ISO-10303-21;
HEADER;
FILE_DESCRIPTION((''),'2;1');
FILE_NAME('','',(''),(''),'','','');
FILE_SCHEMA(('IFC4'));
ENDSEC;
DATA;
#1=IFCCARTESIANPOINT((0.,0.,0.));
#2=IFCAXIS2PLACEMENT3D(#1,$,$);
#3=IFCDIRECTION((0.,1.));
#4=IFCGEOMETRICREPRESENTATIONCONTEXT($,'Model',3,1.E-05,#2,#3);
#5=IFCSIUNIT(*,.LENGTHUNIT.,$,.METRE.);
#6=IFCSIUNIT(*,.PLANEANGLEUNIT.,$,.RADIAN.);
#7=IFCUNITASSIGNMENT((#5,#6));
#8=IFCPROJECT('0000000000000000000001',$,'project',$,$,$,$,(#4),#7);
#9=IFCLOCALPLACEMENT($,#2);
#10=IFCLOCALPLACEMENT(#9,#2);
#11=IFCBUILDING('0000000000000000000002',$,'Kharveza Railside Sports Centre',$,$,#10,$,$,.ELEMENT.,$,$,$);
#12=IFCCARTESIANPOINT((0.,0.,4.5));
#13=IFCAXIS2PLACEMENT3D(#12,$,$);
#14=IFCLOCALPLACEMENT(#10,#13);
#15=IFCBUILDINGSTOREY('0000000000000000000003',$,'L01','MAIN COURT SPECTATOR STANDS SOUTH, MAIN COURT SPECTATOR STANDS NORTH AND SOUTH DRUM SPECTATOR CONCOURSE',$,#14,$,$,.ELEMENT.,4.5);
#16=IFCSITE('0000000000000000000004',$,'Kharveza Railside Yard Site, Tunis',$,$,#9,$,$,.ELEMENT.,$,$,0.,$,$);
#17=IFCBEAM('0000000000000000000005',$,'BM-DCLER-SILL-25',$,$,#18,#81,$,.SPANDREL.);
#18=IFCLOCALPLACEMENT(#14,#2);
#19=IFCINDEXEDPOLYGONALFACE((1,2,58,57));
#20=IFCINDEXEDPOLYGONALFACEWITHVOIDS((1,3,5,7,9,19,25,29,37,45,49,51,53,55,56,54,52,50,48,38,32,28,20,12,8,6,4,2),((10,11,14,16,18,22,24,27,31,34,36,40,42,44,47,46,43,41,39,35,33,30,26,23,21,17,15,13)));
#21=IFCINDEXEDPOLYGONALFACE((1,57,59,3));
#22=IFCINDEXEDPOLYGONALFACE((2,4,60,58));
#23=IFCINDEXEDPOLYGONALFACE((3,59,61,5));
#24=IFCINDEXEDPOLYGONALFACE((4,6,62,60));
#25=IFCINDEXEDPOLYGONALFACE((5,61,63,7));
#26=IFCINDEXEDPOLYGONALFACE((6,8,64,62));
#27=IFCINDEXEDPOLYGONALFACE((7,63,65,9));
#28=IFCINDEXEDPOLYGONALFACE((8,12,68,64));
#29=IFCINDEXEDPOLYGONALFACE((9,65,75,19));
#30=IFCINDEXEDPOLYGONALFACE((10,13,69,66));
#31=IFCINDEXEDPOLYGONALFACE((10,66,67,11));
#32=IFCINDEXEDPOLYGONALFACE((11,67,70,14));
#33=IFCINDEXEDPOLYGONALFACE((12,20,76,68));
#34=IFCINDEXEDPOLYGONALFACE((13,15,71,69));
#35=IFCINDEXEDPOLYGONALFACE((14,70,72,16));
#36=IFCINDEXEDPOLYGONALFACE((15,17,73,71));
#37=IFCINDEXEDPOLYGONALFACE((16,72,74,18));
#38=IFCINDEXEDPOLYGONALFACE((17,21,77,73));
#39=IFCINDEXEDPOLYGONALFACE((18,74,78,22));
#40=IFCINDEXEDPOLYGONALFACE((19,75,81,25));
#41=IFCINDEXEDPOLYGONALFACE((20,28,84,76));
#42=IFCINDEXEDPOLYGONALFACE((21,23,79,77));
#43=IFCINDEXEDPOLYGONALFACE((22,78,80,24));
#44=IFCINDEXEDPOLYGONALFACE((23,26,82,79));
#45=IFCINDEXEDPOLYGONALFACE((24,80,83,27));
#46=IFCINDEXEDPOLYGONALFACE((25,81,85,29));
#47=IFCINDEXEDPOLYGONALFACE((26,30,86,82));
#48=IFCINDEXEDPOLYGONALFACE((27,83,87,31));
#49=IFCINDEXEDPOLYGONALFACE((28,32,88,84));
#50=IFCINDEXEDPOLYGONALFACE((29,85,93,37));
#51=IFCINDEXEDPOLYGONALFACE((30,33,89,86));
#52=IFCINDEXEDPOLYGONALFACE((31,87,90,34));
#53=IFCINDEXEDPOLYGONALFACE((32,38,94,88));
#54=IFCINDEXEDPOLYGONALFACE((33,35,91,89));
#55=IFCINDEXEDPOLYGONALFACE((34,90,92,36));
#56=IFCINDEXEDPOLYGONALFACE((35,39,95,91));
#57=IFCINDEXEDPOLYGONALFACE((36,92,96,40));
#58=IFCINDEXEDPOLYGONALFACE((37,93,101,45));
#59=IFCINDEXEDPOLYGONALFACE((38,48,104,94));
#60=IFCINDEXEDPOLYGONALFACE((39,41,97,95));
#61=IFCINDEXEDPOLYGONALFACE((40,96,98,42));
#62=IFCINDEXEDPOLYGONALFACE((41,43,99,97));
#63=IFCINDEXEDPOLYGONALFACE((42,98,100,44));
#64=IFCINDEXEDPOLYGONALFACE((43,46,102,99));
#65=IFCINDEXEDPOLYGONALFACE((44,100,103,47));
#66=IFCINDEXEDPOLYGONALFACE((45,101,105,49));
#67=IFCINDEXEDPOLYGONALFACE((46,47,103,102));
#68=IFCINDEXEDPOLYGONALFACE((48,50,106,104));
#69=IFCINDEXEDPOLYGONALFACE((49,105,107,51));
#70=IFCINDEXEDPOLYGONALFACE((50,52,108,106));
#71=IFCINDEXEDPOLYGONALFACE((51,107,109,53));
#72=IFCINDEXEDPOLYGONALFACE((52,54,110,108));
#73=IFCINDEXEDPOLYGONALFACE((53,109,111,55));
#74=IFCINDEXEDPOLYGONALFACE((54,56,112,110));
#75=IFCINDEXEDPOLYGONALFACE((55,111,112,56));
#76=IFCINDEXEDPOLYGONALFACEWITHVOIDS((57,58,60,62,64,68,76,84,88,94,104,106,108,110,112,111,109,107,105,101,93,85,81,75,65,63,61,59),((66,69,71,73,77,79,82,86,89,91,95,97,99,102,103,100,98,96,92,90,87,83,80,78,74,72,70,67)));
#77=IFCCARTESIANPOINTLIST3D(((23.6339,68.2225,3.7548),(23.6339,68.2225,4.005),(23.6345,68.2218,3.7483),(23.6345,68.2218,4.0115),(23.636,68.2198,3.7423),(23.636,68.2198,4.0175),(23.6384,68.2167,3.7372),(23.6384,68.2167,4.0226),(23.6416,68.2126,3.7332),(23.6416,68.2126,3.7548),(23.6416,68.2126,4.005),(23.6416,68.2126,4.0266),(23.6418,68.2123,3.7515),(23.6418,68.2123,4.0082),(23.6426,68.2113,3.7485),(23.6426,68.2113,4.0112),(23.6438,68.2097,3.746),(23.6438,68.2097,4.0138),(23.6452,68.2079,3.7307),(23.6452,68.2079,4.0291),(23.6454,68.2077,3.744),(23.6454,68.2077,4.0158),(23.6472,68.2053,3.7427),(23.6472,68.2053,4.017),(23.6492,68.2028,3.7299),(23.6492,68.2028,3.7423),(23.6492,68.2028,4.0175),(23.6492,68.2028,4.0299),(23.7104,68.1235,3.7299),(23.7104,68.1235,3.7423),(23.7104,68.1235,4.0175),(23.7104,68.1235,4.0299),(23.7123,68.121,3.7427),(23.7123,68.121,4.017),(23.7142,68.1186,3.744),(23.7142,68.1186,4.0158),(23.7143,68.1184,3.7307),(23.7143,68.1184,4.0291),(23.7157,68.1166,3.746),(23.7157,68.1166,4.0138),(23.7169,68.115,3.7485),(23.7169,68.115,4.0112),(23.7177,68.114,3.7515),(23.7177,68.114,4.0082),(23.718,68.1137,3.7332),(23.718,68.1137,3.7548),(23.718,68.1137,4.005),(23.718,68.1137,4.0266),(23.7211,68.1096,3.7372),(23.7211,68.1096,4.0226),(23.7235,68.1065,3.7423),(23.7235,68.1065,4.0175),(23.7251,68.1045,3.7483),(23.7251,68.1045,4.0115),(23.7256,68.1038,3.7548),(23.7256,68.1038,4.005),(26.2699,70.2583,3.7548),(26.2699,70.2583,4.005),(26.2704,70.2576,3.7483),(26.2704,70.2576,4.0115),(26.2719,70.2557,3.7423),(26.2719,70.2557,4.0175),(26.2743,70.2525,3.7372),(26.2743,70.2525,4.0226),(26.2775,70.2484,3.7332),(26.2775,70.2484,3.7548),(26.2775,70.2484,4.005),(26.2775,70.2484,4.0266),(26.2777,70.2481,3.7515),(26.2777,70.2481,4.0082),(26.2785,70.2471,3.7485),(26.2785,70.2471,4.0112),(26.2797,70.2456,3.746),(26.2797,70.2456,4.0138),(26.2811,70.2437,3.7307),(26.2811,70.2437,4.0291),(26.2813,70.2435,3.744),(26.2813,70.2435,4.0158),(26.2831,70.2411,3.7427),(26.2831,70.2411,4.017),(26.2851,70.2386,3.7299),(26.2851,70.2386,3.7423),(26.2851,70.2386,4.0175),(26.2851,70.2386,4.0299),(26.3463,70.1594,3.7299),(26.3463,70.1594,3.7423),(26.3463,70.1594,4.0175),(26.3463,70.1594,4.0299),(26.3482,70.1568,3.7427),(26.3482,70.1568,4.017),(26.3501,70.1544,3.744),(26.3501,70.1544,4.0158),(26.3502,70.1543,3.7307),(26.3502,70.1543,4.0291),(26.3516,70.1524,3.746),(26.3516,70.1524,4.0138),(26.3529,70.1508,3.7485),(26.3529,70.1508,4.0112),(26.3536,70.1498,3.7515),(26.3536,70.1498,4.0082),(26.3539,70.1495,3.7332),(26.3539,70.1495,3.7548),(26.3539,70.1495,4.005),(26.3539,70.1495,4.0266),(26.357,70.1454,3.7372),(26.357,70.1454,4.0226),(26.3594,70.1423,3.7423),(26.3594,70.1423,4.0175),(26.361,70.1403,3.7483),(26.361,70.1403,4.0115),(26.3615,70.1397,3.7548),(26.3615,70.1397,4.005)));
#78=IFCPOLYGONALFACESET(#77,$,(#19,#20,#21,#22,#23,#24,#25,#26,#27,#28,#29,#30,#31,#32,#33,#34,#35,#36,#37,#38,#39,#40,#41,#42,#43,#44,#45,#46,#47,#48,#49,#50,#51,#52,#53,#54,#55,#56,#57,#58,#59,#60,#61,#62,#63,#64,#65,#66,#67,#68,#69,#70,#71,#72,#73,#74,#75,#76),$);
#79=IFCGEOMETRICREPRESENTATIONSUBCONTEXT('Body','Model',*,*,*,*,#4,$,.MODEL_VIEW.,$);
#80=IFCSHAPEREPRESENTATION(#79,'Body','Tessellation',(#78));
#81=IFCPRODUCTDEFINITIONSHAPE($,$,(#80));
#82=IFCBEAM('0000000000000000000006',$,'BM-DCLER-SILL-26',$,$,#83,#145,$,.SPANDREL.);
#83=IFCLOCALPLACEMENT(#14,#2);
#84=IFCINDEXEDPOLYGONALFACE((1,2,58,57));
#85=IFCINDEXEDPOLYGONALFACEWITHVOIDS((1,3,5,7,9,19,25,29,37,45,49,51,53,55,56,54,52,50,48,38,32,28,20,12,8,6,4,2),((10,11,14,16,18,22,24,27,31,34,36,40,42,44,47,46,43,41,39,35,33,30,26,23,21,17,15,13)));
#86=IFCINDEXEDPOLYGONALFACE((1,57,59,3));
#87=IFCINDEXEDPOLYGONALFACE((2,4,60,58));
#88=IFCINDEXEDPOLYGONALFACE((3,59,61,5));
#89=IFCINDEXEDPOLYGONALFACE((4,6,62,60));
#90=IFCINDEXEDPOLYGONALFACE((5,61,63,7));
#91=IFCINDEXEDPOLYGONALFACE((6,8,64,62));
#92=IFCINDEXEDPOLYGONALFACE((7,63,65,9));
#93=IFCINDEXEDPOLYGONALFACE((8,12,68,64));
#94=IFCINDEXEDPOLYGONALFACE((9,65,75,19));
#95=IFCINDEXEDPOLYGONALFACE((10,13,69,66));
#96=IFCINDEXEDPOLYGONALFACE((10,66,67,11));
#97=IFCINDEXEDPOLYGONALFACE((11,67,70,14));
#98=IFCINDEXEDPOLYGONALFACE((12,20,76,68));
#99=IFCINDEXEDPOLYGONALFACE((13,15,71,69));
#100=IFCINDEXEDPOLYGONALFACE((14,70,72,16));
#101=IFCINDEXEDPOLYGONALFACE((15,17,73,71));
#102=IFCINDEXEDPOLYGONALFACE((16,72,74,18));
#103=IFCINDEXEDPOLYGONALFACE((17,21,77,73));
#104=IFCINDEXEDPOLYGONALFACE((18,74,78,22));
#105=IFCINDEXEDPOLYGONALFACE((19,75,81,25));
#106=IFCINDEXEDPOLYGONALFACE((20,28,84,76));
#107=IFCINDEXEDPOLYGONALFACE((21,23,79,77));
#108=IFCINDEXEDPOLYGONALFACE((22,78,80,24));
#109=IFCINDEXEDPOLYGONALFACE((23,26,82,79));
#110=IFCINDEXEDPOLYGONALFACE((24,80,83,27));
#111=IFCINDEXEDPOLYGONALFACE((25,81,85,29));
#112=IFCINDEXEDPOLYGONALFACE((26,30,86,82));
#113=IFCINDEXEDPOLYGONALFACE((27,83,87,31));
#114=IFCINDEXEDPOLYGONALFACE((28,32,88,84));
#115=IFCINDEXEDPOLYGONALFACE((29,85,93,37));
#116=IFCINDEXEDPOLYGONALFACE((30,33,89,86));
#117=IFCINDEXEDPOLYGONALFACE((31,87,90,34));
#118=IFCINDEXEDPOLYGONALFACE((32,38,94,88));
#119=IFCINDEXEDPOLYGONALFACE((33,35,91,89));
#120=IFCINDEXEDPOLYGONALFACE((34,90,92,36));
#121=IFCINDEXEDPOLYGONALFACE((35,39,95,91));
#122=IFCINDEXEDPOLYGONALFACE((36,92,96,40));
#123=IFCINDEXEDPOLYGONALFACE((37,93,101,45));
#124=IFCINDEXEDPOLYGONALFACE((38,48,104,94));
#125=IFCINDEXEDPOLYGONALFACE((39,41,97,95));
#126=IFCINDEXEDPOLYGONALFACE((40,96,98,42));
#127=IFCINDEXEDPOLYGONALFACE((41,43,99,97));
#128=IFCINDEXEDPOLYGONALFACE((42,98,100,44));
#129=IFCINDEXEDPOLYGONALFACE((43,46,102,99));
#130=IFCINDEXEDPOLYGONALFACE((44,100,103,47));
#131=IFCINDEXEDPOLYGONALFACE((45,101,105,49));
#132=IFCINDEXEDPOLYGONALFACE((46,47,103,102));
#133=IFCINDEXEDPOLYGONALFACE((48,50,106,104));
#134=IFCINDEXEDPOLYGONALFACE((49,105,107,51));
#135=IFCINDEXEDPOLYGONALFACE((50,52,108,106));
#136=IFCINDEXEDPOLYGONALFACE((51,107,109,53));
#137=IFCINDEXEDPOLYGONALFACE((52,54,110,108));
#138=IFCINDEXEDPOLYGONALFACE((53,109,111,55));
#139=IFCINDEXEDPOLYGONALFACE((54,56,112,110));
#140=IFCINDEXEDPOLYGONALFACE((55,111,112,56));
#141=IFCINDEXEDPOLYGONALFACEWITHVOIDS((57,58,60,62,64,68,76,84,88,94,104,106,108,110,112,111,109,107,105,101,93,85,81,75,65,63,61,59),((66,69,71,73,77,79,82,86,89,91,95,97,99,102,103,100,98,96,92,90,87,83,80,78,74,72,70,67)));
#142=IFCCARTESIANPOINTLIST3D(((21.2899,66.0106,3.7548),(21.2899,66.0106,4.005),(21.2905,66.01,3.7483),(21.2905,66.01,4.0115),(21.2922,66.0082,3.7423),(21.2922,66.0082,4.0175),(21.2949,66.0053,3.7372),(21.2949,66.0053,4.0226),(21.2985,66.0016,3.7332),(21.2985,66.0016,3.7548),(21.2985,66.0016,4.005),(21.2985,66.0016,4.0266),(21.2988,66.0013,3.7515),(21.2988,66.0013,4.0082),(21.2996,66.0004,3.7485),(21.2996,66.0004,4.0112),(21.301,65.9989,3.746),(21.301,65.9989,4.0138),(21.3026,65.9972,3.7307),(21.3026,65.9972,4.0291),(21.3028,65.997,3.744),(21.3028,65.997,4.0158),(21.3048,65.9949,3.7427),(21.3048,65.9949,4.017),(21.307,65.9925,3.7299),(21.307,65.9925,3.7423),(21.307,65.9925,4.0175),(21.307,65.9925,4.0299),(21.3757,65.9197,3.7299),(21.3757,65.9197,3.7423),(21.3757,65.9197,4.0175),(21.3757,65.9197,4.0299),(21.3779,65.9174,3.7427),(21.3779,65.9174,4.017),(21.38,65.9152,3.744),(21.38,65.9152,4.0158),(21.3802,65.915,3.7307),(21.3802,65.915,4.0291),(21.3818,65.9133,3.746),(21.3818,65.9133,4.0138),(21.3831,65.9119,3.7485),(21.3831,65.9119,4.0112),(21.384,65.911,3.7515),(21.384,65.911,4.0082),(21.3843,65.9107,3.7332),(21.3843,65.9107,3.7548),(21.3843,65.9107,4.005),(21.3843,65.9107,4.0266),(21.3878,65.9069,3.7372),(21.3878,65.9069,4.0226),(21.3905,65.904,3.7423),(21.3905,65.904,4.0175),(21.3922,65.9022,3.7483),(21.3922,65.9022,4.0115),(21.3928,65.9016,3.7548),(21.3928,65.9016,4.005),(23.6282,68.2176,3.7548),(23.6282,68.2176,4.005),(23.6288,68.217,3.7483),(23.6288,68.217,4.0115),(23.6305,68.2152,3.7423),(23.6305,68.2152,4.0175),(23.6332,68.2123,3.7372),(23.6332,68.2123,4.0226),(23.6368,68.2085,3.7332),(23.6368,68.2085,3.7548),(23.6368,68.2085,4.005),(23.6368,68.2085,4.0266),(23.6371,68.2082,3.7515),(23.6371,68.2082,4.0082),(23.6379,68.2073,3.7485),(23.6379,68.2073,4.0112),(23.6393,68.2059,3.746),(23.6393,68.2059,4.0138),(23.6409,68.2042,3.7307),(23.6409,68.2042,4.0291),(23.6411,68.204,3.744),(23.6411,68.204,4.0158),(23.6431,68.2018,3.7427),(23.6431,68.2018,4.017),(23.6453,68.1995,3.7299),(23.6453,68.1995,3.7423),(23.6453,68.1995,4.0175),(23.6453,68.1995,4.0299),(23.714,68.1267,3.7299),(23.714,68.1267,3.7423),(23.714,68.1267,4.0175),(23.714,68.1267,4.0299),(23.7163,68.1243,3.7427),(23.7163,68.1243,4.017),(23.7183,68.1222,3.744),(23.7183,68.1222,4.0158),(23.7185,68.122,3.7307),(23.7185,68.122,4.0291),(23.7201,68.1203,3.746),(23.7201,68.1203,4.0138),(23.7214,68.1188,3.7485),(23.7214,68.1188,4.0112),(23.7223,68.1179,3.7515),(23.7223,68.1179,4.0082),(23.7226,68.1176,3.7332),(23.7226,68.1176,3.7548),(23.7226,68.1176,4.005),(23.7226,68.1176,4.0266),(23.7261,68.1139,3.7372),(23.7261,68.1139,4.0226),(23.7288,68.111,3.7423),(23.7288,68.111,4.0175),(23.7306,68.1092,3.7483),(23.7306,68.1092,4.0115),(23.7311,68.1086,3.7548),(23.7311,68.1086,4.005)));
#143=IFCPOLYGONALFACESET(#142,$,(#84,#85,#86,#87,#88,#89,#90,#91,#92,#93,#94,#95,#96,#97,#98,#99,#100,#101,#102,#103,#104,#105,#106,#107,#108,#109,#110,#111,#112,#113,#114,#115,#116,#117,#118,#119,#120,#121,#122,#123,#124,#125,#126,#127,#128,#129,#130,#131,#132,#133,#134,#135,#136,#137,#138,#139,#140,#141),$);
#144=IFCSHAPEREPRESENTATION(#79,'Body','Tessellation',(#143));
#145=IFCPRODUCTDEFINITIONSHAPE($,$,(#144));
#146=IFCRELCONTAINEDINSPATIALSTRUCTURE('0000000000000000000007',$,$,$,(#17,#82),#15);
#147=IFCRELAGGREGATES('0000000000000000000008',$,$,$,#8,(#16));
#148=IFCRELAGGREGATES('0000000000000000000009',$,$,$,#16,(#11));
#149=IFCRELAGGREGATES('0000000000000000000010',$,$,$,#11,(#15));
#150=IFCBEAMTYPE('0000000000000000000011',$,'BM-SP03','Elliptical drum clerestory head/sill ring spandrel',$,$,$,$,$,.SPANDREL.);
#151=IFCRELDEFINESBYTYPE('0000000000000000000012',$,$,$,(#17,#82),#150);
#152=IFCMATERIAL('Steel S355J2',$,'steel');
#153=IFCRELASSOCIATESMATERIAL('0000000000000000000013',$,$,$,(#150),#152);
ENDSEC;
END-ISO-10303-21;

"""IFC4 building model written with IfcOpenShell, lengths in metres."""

from ifc_helpers import new_model, si_unit, direction, frame, origin, origin_2d, place, context, subcontext, project, spatial, hollow_rectangle, extrude, material, material_profile, profile_set, type_object, element, save


model = new_model("IFC4")

# Units and contexts
model_context = context("Model", 3, precision=1e-05, world=origin(), true_north=direction((0.0, 1.0)))
body_context = subcontext(model_context, "Body", "Model", "MODEL_VIEW")
ifc_project = project(units=[si_unit("LENGTHUNIT", "METRE"), si_unit("PLANEANGLEUNIT", "RADIAN")], contexts=[model_context])

# Site, building, storey
site_placement = place(None, origin())
site = spatial("IfcSite", under=ifc_project, at=site_placement, Name="Kharveza Railside Yard Site, Tunis", CompositionType="ELEMENT", RefElevation=0.0)
building_placement = place(site_placement, origin())
building = spatial("IfcBuilding", under=site, at=building_placement, Name="Kharveza Railside Sports Centre", CompositionType="ELEMENT")
storey_placement = place(building_placement, frame((0.0, 0.0, 4.5)))
storey = spatial("IfcBuildingStorey", under=building, at=storey_placement, Name="L01", Description="MAIN COURT SPECTATOR STANDS SOUTH, MAIN COURT SPECTATOR STANDS NORTH AND SOUTH DRUM SPECTATOR CONCOURSE", CompositionType="ELEMENT", Elevation=4.5)

# Shared definitions
ifc_material_1 = material(Name="Steel S355J2", Category="steel")

# Beams
ifc_material_profile_1 = material_profile(ifc_material_1, hollow_rectangle(XDim=0.1499, YDim=0.3, WallThickness=0.0125, InnerFilletRadius=0.0125, OuterFilletRadius=0.0249, at=origin_2d()), Name="RHS 150x300x12.5")
ifc_profile_set_1 = profile_set([ifc_material_profile_1], Name="Steel S355J2")
beam_type_1 = type_object("IfcBeamType", Name="BM-SP03", Description="Elliptical drum clerestory head/sill ring spandrel", PredefinedType="SPANDREL", material=ifc_profile_set_1)
beam_1_placement = place(storey_placement, frame((26.3157, 70.199, 3.8799), z_axis=(-0.791432, -0.611258, 0.0), x_axis=(0.611258, -0.791432, 0.0)))
element("IfcBeam", 1, at=beam_1_placement, inside=storey, type_object=beam_type_1, Name="BM-DCLER-SILL-25", PredefinedType="SPANDREL", context=body_context, shape_type="SweptSolid", body=[
    extrude(hollow_rectangle(XDim=0.1499, YDim=0.3, WallThickness=0.0125, InnerFilletRadius=0.0125, OuterFilletRadius=0.0249, at=origin_2d()), origin(), (0.0, 0.0, 1.0), 3.3306),
])
beam_2_placement = place(storey_placement, frame((23.6797, 68.1631, 3.8799), z_axis=(-0.727236, -0.686387, 0.0), x_axis=(0.686387, -0.727236, 0.0)))
element("IfcBeam", 2, at=beam_2_placement, inside=storey, type_object=beam_type_1, Name="BM-DCLER-SILL-26", PredefinedType="SPANDREL", context=body_context, shape_type="SweptSolid", body=[
    extrude(hollow_rectangle(XDim=0.1499, YDim=0.3, WallThickness=0.0125, InnerFilletRadius=0.0125, OuterFilletRadius=0.0249, at=origin_2d()), origin(), (0.0, 0.0, 1.0), 3.2153),
])

save(model, "model.ifc")
